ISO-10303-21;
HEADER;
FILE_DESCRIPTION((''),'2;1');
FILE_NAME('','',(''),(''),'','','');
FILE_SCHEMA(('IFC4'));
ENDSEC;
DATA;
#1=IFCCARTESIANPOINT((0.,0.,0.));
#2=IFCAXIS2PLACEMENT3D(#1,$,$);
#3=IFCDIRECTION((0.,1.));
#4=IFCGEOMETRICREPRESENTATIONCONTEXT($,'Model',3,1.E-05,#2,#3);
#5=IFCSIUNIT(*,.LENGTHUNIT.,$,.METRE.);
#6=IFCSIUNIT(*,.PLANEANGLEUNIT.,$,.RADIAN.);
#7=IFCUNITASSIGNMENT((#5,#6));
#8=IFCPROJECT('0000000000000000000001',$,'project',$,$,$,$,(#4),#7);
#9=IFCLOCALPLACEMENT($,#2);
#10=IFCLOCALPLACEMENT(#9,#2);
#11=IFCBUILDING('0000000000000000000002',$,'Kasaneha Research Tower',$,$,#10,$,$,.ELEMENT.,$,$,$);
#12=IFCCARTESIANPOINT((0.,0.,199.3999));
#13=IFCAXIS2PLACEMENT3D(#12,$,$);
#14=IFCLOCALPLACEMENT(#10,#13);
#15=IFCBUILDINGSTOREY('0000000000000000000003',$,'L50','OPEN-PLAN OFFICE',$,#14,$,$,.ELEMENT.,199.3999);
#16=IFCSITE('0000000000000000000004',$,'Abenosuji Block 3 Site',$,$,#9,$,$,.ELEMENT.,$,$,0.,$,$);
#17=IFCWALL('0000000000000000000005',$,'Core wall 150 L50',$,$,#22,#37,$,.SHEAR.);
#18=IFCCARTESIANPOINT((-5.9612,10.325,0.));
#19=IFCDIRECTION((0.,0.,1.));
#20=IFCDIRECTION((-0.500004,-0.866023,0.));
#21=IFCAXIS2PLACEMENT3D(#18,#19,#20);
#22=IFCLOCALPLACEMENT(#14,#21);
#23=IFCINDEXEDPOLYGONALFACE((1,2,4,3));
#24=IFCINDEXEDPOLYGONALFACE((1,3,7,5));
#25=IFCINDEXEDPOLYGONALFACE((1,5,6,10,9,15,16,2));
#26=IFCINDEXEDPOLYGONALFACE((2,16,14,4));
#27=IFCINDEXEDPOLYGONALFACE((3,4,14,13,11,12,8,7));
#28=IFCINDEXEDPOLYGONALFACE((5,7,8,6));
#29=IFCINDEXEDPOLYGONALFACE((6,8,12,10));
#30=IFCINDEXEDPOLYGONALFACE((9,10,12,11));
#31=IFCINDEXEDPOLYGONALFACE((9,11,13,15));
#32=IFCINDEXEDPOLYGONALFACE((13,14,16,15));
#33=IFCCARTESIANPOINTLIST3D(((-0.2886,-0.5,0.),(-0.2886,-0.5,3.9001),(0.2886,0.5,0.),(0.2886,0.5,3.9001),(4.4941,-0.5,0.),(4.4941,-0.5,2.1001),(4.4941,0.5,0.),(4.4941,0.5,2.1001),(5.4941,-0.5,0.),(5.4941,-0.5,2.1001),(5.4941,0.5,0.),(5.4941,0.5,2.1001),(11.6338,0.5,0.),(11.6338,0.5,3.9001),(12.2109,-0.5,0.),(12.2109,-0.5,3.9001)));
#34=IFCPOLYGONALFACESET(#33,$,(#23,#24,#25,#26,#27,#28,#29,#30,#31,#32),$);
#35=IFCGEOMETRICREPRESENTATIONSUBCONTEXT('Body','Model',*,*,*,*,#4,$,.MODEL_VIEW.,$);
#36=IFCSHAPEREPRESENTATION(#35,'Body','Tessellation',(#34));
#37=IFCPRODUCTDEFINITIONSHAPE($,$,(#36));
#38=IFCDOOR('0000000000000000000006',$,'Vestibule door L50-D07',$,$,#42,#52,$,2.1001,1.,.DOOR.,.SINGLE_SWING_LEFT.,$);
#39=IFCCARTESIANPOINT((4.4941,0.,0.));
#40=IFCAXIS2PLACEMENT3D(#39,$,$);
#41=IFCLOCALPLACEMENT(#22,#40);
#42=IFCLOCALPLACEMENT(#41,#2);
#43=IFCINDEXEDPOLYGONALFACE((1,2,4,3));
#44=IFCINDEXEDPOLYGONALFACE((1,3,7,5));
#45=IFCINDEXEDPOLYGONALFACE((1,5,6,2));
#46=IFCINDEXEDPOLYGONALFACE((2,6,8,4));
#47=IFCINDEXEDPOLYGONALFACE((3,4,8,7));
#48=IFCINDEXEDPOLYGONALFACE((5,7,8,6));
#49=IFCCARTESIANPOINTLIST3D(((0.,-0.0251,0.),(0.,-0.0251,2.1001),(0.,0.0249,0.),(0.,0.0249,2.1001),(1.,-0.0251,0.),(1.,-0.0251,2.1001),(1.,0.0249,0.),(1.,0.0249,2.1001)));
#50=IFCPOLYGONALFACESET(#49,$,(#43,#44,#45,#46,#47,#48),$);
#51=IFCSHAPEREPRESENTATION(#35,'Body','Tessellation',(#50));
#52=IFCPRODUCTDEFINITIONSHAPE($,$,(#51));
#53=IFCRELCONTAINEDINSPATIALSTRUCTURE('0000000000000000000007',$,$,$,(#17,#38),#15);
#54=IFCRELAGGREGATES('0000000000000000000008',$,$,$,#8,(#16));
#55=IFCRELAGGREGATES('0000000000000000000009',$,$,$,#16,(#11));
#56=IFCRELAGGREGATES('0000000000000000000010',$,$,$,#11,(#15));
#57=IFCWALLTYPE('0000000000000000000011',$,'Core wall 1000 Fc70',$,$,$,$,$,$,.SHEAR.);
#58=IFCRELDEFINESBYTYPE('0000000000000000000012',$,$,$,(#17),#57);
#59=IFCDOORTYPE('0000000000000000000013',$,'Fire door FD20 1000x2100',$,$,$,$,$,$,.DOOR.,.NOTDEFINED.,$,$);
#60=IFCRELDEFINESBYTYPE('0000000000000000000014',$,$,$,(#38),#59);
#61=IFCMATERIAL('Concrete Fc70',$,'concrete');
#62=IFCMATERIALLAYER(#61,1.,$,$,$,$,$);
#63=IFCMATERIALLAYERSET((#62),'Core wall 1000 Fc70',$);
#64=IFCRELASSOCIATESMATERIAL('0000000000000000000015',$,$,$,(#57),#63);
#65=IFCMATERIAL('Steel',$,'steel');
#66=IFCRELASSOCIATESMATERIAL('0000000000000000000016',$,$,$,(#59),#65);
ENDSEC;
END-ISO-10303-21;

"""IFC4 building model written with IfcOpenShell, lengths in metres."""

from ifc_helpers import new_model, si_unit, direction, frame, frame_2d, origin, place, context, subcontext, project, spatial, polyline, rectangle, outline, extrude, material, layer, layer_set, type_object, element, fill, save


model = new_model("IFC4")

# Units and contexts
model_context = context("Model", 3, precision=1e-05, world=origin(), true_north=direction((0.0, 1.0)))
body_context = subcontext(model_context, "Body", "Model", "MODEL_VIEW")
ifc_project = project(units=[si_unit("LENGTHUNIT", "METRE"), si_unit("PLANEANGLEUNIT", "RADIAN")], contexts=[model_context])

# Site, building, storey
site_placement = place(None, origin())
site = spatial("IfcSite", under=ifc_project, at=site_placement, Name="Abenosuji Block 3 Site", CompositionType="ELEMENT", RefElevation=0.0)
building_placement = place(site_placement, origin())
building = spatial("IfcBuilding", under=site, at=building_placement, Name="Kasaneha Research Tower", CompositionType="ELEMENT")
storey_placement = place(building_placement, frame((0.0, 0.0, 199.3999)))
storey = spatial("IfcBuildingStorey", under=building, at=storey_placement, Name="L50", Description="OPEN-PLAN OFFICE", CompositionType="ELEMENT", Elevation=199.3999)

# Wall, opening, door
ifc_material_1 = material(Name="Concrete Fc70", Category="concrete")
ifc_layer_1 = layer(ifc_material_1, 1.0)
ifc_layer_set_1 = layer_set([ifc_layer_1], Name="Core wall 1000 Fc70")
wall_type_1 = type_object("IfcWallType", Name="Core wall 1000 Fc70", PredefinedType="SHEAR", material=ifc_layer_set_1)
wall_1_placement = place(storey_placement, frame((-5.9612, 10.325, 0.0), z_axis=(0.0, 0.0, 1.0), x_axis=(-0.500004, -0.866023, 0.0)))
wall_1 = element("IfcWall", 1, at=wall_1_placement, inside=storey, type_object=wall_type_1, Name="Core wall 150 L50", PredefinedType="SHEAR", context=body_context, shape_type="SweptSolid", body=[
    extrude(outline(polyline([(-0.2886, -0.5), (4.4941, -0.5), (5.4941, -0.5), (12.2109, -0.5), (11.6338, 0.5), (5.4941, 0.5), (4.4941, 0.5), (0.2886, 0.5), (-0.2886, -0.5)])), origin(), (0.0, 0.0, 1.0), 3.9001),
])
opening_1_placement = place(wall_1_placement, frame((4.4941, 0.0, 0.0)))
opening_1 = element("IfcOpeningElement", 2, at=opening_1_placement, cuts=wall_1, PredefinedType="OPENING", context=body_context, shape_type="SweptSolid", body=[
    extrude(rectangle(XDim=1.0, YDim=2.1001, at=frame_2d((0.5, 1.05))), frame((0.0, 0.51, 0.0), z_axis=(0.0, -1.0, 0.0), x_axis=(1.0, 0.0, 0.0)), (0.0, 0.0, 1.0), 1.02),
])
ifc_material_2 = material(Name="Steel", Category="steel")
door_type_1 = type_object("IfcDoorType", Name="Fire door FD20 1000x2100", OperationType="NOTDEFINED", PredefinedType="DOOR", material=ifc_material_2)
door_1_placement = place(opening_1_placement, origin())
door_1 = element("IfcDoor", 3, at=door_1_placement, inside=storey, type_object=door_type_1, Name="Vestibule door L50-D07", OperationType="SINGLE_SWING_LEFT", OverallHeight=2.1001, OverallWidth=1.0, PredefinedType="DOOR", context=body_context, shape_type="SweptSolid", body=[
    extrude(rectangle(XDim=1.0, YDim=2.1001, at=frame_2d((0.5, 1.05))), frame((0.0, 0.0249, 0.0), z_axis=(0.0, -1.0, 0.0), x_axis=(1.0, 0.0, 0.0)), (0.0, 0.0, 1.0), 0.05),
])
fill(opening_1, door_1)

save(model, "model.ifc")
